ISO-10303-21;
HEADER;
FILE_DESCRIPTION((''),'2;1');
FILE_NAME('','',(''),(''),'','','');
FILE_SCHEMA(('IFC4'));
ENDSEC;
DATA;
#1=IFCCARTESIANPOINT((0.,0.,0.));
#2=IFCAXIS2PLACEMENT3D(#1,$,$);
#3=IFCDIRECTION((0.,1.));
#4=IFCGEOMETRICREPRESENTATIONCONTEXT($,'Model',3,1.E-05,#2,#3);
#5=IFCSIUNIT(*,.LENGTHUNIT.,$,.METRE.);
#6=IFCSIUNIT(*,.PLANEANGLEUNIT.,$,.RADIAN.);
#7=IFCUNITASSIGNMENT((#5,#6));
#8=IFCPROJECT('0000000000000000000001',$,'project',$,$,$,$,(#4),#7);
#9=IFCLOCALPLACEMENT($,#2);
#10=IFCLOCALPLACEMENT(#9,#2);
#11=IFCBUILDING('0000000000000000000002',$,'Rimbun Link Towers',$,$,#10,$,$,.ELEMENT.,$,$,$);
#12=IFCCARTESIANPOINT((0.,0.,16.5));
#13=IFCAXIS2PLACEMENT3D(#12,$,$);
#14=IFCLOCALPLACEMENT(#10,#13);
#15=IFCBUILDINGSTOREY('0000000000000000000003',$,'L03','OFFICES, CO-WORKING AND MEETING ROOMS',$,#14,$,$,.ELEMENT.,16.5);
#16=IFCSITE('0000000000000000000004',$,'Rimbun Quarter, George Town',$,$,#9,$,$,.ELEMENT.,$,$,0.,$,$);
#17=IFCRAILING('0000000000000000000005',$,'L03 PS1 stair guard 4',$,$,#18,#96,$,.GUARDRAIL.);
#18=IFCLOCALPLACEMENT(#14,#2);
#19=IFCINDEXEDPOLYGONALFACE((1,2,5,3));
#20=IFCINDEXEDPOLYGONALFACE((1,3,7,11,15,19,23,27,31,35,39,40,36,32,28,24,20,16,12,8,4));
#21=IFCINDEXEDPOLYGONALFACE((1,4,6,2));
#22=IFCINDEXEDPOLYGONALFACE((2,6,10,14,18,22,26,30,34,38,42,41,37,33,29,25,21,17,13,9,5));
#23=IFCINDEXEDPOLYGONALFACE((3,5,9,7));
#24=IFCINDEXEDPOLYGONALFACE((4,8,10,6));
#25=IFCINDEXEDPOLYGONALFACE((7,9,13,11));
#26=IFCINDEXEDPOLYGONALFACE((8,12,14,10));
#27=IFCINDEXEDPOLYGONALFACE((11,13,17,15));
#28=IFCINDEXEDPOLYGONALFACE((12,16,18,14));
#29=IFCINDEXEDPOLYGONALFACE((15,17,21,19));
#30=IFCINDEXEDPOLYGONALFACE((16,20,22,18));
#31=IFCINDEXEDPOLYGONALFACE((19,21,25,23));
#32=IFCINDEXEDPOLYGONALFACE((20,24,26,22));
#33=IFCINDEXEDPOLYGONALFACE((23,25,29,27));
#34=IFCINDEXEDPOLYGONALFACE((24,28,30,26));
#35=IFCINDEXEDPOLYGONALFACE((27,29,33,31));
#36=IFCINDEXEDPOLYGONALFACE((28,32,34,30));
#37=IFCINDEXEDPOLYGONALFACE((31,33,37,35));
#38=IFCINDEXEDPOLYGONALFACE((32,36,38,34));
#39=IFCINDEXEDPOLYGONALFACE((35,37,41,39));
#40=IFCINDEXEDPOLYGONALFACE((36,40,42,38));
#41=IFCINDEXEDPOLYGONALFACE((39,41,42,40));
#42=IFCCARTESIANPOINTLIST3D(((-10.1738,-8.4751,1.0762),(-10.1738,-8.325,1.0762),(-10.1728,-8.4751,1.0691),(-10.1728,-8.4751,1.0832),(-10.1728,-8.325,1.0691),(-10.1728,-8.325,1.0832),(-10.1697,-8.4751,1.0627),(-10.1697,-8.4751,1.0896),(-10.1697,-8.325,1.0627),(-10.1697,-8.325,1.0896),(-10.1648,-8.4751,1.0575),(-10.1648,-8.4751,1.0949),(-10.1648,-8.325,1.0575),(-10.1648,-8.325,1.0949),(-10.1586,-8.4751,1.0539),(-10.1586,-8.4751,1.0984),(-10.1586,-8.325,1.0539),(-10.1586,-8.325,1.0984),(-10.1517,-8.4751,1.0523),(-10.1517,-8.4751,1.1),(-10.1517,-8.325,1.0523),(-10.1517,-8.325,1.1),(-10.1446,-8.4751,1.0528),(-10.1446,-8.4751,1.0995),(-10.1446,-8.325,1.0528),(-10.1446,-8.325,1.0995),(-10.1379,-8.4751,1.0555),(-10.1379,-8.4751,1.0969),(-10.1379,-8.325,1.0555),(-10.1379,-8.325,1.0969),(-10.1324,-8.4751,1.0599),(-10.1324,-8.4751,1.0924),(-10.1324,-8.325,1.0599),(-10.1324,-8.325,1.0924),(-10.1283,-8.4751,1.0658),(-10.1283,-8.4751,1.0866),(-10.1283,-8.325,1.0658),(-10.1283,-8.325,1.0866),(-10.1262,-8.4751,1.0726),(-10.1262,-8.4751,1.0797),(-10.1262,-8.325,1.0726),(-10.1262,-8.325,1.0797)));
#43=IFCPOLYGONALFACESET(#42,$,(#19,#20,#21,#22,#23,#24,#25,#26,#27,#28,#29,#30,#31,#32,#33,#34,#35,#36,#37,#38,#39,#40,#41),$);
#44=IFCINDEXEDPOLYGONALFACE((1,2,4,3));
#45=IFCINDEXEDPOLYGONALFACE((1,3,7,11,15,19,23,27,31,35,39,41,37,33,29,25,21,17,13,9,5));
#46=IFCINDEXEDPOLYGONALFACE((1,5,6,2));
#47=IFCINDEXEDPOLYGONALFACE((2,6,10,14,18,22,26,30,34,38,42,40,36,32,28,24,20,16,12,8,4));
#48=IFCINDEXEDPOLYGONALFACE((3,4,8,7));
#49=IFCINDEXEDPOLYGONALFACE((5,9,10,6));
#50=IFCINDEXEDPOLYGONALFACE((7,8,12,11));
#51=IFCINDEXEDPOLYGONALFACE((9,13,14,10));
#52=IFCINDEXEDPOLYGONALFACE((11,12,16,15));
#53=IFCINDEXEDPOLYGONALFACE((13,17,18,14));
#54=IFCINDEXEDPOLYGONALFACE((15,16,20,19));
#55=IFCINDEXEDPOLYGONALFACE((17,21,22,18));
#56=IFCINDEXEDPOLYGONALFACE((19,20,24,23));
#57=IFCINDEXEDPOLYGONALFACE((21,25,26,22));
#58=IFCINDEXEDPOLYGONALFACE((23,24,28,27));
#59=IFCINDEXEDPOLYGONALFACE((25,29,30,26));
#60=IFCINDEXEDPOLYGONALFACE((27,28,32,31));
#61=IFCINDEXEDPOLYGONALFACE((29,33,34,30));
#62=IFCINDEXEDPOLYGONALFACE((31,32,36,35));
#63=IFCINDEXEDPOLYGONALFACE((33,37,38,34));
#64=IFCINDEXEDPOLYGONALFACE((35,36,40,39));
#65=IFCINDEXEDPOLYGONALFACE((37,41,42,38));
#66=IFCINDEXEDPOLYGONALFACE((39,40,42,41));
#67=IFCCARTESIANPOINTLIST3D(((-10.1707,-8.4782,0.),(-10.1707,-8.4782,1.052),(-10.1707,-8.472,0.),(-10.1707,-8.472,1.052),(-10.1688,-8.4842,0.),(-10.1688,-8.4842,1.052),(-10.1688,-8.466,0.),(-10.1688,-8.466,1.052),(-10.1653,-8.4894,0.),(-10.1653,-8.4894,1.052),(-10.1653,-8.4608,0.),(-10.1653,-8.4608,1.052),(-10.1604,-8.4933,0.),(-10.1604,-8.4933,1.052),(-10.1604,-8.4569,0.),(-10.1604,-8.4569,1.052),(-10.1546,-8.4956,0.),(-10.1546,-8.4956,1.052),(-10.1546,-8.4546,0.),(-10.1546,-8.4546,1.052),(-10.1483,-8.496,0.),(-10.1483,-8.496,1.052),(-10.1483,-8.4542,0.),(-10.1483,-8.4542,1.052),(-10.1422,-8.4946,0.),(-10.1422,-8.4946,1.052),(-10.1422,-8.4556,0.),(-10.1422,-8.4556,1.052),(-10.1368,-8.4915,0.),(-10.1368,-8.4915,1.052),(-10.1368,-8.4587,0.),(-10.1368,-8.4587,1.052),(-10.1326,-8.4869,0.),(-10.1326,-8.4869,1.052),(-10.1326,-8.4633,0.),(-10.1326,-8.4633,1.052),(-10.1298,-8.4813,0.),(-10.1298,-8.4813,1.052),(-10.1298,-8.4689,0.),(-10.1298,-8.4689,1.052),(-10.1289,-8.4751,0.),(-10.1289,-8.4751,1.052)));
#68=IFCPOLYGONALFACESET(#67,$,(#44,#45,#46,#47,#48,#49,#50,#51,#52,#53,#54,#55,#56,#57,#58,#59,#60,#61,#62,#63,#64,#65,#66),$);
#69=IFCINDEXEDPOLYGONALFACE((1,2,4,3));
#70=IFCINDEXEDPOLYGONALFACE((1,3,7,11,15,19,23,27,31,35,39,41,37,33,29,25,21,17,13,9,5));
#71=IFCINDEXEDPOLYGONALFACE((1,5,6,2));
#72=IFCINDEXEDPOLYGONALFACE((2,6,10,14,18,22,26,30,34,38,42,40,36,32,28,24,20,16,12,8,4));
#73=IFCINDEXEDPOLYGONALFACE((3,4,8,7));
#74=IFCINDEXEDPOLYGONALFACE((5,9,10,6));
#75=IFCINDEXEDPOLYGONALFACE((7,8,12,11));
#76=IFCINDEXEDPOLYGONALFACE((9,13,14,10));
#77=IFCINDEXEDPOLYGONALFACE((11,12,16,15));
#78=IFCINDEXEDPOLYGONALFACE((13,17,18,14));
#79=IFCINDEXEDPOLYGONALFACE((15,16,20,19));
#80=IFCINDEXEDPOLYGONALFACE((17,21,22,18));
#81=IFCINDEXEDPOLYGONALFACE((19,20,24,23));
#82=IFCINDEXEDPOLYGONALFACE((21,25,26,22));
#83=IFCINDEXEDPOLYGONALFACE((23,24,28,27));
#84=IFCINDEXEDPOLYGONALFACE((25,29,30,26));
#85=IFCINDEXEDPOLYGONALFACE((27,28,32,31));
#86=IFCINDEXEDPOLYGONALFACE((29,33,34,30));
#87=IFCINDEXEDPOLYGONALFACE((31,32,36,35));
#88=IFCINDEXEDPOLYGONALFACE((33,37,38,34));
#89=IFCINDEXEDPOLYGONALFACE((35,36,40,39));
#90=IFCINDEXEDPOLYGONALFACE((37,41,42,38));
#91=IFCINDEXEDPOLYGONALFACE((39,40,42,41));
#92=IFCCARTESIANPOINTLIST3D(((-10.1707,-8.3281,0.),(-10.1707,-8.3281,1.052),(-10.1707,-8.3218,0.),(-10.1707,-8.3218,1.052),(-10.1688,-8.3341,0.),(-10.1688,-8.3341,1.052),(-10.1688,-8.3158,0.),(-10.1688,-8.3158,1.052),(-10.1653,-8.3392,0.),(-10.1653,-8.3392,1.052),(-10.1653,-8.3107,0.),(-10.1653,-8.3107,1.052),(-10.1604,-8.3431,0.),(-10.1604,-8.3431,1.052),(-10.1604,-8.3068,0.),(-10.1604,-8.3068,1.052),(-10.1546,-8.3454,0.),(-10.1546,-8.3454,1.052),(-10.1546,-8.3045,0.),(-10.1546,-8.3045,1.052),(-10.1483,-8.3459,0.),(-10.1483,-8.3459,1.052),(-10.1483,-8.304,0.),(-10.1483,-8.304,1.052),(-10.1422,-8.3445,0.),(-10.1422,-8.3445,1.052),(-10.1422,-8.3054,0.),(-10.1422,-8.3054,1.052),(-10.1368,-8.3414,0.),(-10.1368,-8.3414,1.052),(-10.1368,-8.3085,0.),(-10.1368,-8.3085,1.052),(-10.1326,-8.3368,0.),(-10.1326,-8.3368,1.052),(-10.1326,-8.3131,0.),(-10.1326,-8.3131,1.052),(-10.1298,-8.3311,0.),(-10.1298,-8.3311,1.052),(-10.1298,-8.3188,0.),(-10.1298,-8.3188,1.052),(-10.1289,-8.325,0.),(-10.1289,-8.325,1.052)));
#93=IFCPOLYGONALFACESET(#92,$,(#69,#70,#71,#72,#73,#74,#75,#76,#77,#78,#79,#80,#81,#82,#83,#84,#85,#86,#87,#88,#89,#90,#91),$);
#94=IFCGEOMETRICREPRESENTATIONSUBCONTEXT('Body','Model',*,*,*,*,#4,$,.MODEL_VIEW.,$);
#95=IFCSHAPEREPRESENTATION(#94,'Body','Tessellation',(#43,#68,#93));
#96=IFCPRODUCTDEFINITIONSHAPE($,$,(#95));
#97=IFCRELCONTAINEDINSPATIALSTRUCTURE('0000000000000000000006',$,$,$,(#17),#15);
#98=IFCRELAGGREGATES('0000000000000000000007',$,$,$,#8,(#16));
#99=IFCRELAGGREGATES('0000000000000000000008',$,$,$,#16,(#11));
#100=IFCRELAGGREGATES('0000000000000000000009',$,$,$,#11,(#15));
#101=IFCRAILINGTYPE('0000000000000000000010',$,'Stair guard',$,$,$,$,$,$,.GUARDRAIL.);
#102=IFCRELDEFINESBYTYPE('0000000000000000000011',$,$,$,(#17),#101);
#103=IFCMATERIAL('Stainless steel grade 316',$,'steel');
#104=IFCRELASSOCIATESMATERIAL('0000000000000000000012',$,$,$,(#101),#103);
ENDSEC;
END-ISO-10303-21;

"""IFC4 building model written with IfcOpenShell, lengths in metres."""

from ifc_helpers import new_model, si_unit, direction, frame, origin, origin_2d, place, context, subcontext, project, spatial, circle, extrude, material, type_object, element, save


model = new_model("IFC4")

# Units and contexts
model_context = context("Model", 3, precision=1e-05, world=origin(), true_north=direction((0.0, 1.0)))
body_context = subcontext(model_context, "Body", "Model", "MODEL_VIEW")
ifc_project = project(units=[si_unit("LENGTHUNIT", "METRE"), si_unit("PLANEANGLEUNIT", "RADIAN")], contexts=[model_context])

# Site, building, storey
site_placement = place(None, origin())
site = spatial("IfcSite", under=ifc_project, at=site_placement, Name="Rimbun Quarter, George Town", CompositionType="ELEMENT", RefElevation=0.0)
building_placement = place(site_placement, origin())
building = spatial("IfcBuilding", under=site, at=building_placement, Name="Rimbun Link Towers", CompositionType="ELEMENT")
storey_placement = place(building_placement, frame((0.0, 0.0, 16.5)))
storey = spatial("IfcBuildingStorey", under=building, at=storey_placement, Name="L03", Description="OFFICES, CO-WORKING AND MEETING ROOMS", CompositionType="ELEMENT", Elevation=16.5)

# Railing
ifc_material_1 = material(Name="Stainless steel grade 316", Category="steel")
railing_type_1 = type_object("IfcRailingType", Name="Stair guard", PredefinedType="GUARDRAIL", material=ifc_material_1)
railing_1_placement = place(storey_placement, frame((-10.1499, -8.4751, 0.0)))
element("IfcRailing", 1, at=railing_1_placement, inside=storey, type_object=railing_type_1, Name="L03 PS1 stair guard 4", PredefinedType="GUARDRAIL", context=body_context, shape_type="SweptSolid", body=[
    extrude(circle(Radius=0.0239, at=origin_2d()), frame((0.0, 0.0, 1.0762), z_axis=(0.0, 1.0, 0.0), x_axis=(-1.0, 0.0, 0.0)), (0.0, 0.0, 1.0), 0.1501),
    extrude(circle(Radius=0.021, at=origin_2d()), origin(), (0.0, 0.0, 1.0), 1.052),
    extrude(circle(Radius=0.021, at=origin_2d()), frame((0.0, 0.1501, 0.0)), (0.0, 0.0, 1.0), 1.052),
])

save(model, "model.ifc")
